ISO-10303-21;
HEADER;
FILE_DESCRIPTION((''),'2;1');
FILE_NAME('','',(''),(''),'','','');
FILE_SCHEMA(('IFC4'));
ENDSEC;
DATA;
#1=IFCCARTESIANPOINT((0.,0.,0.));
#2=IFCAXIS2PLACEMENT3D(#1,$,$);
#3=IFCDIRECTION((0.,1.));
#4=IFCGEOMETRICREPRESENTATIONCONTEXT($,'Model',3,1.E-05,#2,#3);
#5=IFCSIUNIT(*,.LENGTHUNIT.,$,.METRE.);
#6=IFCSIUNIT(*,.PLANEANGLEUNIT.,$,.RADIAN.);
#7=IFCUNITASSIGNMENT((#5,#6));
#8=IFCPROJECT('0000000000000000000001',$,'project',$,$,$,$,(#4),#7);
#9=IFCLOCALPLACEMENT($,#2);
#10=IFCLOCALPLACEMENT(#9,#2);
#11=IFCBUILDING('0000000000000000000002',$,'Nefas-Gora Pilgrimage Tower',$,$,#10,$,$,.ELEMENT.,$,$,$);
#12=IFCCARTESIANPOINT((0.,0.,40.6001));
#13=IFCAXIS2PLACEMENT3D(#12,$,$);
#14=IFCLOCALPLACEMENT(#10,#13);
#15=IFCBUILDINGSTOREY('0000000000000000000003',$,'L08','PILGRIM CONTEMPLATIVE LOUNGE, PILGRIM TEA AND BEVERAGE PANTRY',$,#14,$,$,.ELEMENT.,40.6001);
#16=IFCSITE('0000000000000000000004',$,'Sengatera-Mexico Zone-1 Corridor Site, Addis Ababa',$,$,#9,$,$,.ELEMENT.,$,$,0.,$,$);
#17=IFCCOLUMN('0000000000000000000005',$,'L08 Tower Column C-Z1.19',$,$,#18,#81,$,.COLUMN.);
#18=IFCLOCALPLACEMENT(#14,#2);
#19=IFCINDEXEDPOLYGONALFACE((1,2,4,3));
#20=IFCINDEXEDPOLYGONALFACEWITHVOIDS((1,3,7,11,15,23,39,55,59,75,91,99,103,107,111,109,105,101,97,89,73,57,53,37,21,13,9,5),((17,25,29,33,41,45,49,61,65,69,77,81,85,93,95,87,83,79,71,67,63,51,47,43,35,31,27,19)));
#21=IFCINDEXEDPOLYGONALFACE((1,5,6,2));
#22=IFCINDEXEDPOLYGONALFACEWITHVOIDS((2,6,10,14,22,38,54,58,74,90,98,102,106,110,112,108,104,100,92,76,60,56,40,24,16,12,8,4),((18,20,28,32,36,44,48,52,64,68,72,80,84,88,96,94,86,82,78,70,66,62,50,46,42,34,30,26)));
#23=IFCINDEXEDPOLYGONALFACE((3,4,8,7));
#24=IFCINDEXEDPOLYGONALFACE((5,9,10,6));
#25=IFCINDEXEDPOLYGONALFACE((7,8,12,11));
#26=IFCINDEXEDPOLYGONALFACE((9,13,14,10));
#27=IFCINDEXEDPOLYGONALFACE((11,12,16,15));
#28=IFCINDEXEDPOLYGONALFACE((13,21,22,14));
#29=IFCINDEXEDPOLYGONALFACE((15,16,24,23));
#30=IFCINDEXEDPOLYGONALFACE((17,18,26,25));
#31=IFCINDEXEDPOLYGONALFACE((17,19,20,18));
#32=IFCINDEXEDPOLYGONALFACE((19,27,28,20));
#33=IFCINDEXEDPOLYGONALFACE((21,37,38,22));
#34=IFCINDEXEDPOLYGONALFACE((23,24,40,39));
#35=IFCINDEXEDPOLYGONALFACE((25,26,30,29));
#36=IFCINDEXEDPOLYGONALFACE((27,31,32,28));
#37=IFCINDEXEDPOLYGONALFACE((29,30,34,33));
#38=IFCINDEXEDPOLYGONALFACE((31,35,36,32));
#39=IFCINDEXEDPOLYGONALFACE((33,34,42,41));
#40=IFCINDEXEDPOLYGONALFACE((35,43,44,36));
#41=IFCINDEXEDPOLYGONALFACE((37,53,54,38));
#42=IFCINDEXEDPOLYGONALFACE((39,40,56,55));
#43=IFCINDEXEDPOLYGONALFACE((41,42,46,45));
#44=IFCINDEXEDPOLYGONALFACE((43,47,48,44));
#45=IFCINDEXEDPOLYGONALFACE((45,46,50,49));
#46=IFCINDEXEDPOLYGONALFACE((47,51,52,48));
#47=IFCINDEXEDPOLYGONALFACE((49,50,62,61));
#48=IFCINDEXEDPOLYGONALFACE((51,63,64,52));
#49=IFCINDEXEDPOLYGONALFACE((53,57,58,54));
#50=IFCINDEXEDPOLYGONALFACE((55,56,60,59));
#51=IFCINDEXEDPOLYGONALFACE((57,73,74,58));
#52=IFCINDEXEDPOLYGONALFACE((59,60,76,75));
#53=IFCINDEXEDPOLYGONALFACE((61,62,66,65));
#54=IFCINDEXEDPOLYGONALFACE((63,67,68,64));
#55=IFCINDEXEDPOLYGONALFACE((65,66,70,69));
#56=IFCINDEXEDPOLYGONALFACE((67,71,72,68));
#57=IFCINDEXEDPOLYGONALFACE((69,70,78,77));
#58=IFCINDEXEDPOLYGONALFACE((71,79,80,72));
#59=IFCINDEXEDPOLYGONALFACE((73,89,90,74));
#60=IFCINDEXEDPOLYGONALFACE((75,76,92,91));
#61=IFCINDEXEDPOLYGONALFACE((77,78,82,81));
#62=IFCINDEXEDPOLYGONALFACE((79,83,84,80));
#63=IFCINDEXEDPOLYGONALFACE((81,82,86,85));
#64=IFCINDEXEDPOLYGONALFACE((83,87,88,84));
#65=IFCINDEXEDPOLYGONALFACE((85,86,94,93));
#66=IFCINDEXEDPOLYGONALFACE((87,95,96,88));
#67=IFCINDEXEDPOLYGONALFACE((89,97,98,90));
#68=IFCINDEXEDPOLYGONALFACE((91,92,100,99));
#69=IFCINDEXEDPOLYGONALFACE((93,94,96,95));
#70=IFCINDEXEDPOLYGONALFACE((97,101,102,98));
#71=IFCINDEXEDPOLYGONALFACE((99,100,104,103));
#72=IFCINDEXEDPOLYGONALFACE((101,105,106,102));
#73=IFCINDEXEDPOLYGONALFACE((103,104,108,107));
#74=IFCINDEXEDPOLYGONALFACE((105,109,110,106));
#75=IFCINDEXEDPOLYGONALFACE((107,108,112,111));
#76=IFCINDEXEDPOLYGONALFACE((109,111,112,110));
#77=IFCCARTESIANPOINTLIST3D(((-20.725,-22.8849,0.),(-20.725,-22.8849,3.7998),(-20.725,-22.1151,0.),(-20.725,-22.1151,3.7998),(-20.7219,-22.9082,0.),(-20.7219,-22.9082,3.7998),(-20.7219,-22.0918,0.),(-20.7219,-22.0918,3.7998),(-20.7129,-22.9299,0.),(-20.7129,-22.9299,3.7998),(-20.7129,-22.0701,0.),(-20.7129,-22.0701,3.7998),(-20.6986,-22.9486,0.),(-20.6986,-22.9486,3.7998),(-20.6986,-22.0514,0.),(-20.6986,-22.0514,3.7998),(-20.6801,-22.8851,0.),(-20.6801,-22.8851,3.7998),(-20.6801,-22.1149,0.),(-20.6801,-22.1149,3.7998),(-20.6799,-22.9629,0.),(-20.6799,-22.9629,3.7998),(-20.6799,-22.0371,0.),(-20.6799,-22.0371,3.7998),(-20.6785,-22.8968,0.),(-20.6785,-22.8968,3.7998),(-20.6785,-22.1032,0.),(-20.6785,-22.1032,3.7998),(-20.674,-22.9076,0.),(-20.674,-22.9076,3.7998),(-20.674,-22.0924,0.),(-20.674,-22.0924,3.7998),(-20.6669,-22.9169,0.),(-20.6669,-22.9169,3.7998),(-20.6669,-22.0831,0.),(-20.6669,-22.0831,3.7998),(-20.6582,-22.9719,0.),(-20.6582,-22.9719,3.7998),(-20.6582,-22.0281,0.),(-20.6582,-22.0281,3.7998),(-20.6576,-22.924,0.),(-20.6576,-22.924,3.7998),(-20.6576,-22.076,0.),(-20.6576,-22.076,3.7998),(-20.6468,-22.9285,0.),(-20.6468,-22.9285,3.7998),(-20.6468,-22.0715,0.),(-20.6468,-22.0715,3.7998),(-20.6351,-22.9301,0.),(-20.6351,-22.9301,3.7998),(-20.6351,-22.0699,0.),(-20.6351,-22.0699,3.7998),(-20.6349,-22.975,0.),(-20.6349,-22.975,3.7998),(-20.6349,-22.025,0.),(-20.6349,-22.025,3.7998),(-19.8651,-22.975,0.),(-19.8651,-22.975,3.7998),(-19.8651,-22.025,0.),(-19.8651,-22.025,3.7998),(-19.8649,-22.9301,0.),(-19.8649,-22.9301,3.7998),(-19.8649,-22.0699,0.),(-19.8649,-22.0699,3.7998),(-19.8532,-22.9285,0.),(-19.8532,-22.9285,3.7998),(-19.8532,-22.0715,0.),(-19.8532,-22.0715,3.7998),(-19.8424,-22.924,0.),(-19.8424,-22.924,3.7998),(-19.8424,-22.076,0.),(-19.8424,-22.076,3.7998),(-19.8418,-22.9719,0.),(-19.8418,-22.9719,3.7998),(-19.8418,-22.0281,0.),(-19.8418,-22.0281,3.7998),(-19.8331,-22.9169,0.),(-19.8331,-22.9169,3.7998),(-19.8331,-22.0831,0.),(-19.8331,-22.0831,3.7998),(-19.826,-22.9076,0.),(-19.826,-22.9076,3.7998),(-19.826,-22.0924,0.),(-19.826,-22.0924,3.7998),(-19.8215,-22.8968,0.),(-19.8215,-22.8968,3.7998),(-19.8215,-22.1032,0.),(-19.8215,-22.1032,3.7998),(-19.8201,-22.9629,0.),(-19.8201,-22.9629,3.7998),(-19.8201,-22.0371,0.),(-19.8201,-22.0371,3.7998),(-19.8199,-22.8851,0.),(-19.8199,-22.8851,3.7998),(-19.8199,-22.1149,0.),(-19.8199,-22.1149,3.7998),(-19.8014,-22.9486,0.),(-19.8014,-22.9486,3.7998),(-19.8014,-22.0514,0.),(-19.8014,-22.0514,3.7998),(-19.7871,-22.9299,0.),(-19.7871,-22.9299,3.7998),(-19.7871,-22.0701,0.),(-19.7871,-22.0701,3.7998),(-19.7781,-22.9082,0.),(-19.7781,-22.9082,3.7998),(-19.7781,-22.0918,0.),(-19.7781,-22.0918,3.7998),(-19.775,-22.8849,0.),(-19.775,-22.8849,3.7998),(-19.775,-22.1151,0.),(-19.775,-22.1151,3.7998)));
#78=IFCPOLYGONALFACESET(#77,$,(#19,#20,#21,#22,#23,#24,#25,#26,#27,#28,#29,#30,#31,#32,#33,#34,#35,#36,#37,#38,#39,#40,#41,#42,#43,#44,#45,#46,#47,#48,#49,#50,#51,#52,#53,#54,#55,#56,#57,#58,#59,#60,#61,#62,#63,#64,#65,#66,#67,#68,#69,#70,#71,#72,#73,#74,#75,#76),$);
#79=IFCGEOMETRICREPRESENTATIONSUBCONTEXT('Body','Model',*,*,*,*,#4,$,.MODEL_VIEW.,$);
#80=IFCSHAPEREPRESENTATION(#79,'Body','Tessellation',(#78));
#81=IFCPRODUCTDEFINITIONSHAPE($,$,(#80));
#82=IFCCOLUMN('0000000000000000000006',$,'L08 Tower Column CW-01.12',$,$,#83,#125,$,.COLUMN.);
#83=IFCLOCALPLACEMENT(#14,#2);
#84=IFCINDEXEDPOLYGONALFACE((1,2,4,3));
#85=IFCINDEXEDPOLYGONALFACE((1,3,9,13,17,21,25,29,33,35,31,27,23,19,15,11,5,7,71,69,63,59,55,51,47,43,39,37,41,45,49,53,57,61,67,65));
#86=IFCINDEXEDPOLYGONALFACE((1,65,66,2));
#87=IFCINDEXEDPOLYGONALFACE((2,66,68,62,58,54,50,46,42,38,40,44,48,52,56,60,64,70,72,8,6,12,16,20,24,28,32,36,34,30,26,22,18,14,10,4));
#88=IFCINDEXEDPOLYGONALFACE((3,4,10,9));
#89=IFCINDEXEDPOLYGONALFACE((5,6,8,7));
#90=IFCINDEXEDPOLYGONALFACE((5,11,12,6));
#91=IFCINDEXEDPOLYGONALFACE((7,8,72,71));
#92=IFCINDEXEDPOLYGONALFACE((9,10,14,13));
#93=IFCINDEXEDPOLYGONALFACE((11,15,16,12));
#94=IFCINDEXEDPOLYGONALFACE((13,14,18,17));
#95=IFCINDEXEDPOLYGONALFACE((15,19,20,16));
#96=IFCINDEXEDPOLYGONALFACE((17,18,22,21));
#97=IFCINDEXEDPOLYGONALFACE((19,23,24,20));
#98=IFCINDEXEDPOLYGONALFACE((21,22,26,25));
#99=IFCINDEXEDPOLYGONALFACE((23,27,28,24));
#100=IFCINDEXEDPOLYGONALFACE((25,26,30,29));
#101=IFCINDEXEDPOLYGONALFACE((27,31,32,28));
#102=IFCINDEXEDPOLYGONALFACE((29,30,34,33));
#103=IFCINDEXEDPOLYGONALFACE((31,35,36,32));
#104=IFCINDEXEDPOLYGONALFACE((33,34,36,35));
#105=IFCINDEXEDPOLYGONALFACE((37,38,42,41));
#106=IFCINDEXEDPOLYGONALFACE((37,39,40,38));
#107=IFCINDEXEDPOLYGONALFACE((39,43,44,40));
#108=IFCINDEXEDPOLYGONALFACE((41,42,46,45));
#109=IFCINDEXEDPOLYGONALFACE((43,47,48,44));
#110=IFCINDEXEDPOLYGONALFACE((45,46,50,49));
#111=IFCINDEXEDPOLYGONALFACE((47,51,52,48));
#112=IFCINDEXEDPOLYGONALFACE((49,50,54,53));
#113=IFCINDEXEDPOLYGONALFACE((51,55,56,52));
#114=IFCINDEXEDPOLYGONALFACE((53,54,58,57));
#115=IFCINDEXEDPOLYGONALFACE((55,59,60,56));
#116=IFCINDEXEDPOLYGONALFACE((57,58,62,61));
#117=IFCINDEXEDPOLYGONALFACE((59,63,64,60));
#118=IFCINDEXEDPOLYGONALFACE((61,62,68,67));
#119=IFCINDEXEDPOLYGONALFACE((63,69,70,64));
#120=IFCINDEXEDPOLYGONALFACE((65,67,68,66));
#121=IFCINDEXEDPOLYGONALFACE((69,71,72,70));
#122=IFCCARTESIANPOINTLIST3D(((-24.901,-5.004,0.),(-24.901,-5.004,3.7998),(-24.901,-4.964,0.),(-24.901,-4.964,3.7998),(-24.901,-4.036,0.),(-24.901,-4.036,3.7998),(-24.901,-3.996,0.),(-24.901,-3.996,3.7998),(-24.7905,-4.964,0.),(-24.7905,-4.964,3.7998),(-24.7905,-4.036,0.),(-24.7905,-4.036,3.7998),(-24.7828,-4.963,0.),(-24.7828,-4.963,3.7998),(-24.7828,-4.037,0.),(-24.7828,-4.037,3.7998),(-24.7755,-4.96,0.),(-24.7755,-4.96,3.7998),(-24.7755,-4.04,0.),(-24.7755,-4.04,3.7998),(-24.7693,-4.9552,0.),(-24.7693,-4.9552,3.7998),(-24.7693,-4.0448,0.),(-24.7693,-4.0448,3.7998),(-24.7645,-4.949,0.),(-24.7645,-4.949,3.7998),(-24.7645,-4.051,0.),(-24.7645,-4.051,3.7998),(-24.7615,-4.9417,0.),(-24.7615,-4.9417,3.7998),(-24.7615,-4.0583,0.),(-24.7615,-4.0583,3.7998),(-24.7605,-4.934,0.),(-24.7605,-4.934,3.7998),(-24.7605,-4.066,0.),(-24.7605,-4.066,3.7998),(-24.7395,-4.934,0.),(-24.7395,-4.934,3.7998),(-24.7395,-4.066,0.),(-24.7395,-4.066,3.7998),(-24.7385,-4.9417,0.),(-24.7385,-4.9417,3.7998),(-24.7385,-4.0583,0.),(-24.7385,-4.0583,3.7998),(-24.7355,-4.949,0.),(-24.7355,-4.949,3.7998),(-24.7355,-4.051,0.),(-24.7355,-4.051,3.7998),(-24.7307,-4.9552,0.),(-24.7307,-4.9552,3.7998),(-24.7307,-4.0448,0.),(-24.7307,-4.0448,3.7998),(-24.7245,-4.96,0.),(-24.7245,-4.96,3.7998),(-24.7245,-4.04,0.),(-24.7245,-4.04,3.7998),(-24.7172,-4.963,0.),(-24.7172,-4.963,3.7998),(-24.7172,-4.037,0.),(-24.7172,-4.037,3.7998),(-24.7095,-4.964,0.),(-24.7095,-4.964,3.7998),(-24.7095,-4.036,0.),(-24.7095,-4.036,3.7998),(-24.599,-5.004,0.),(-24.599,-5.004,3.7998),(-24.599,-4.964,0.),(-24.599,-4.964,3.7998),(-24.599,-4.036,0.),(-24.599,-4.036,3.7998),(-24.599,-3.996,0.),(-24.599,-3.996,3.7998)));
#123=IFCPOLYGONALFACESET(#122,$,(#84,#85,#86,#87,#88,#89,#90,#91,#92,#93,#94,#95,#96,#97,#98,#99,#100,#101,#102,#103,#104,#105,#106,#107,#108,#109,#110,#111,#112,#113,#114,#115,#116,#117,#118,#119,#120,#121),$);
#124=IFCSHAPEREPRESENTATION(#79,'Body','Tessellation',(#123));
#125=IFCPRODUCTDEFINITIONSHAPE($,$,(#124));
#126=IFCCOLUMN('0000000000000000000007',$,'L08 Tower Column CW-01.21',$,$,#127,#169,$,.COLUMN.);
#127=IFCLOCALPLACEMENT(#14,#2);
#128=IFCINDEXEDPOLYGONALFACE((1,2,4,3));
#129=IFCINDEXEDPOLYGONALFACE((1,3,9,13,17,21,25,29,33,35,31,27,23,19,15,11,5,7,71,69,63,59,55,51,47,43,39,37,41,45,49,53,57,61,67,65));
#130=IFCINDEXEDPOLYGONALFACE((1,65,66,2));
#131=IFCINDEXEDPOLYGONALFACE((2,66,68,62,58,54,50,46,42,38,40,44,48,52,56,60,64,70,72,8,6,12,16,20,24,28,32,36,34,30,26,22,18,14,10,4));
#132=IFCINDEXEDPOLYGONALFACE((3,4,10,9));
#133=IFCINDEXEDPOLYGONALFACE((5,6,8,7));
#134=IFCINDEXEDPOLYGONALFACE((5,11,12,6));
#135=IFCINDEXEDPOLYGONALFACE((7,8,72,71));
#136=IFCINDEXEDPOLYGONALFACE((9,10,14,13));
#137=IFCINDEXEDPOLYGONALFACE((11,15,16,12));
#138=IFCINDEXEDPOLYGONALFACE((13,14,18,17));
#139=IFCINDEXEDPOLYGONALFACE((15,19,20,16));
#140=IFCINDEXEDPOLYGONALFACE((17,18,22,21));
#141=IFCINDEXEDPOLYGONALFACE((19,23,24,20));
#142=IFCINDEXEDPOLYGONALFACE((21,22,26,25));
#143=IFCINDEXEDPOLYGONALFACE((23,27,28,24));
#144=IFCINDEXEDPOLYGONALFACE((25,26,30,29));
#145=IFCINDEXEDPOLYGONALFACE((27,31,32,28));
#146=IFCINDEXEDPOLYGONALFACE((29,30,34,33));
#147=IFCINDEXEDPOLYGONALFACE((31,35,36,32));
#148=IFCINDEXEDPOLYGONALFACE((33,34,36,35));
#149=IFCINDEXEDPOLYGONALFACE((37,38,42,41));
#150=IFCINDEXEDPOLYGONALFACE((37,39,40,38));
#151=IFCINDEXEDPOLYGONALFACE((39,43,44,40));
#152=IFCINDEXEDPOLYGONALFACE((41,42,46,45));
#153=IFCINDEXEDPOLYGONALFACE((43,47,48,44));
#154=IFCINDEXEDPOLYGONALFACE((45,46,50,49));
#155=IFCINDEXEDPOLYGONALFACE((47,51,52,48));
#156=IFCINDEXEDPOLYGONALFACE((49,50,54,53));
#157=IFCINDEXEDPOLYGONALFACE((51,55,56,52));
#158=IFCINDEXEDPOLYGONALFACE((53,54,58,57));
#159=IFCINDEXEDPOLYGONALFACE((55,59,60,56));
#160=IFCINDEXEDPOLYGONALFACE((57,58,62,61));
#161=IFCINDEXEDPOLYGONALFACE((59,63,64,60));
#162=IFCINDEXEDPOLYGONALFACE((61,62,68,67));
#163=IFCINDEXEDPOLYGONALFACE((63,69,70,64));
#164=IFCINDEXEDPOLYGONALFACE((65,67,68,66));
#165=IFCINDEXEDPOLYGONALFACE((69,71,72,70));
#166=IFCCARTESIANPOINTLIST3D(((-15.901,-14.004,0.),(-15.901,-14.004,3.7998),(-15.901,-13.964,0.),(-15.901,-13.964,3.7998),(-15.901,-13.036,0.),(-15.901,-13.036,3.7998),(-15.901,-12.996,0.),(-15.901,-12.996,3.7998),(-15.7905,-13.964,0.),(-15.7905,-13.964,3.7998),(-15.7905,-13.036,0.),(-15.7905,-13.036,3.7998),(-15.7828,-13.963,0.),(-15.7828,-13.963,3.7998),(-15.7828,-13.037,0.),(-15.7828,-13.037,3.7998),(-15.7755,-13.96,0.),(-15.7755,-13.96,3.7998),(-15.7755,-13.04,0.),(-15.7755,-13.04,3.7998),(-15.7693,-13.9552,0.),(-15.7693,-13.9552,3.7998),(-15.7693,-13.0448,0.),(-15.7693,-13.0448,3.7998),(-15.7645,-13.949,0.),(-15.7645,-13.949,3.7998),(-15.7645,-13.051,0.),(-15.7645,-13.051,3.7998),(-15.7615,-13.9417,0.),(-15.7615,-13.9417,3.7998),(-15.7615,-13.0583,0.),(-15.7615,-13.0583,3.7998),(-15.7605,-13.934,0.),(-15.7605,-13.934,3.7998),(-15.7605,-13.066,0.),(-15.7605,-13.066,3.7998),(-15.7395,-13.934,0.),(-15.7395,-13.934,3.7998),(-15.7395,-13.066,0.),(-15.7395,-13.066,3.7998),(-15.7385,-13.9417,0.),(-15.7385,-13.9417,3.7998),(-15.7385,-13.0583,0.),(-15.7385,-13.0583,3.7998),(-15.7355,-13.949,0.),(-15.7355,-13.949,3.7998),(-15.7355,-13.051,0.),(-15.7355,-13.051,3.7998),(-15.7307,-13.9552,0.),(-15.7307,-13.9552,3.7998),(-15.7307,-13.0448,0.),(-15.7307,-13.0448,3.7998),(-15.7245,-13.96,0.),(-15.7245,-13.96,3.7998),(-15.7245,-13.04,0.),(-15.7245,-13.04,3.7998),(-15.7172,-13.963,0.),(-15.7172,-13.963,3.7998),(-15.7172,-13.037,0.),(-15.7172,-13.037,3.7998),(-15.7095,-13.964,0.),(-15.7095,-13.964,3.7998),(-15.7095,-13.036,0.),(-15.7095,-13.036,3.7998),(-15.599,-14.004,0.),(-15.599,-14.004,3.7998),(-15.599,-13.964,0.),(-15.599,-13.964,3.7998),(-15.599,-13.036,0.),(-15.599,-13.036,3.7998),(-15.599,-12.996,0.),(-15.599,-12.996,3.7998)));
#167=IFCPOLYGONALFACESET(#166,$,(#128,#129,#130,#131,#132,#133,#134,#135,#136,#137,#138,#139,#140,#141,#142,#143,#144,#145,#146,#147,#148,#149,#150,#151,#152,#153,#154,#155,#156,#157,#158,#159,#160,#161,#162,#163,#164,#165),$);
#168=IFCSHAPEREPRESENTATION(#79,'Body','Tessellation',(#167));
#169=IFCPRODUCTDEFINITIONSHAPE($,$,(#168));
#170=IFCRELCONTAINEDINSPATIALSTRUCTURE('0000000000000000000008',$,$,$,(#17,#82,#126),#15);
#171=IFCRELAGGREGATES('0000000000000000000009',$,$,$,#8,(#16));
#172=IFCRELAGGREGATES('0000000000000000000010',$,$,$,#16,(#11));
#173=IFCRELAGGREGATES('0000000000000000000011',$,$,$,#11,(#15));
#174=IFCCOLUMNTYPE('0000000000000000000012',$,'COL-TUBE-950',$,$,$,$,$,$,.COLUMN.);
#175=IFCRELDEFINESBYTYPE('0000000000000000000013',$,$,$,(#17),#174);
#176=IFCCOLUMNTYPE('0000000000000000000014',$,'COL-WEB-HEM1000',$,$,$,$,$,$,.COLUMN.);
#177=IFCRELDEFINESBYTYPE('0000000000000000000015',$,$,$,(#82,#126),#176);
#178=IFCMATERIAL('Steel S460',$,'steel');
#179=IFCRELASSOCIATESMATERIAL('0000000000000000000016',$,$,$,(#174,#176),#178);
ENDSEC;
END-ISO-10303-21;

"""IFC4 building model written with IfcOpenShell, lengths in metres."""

from ifc_helpers import new_model, si_unit, direction, frame, origin, origin_2d, place, context, subcontext, project, spatial, hollow_rectangle, i_section, extrude, source, transform, mapped, material, material_profile, profile_set, type_object, element, save


model = new_model("IFC4")

# Units and contexts
model_context = context("Model", 3, precision=1e-05, world=origin(), true_north=direction((0.0, 1.0)))
body_context = subcontext(model_context, "Body", "Model", "MODEL_VIEW")
ifc_project = project(units=[si_unit("LENGTHUNIT", "METRE"), si_unit("PLANEANGLEUNIT", "RADIAN")], contexts=[model_context])

# Site, building, storey
site_placement = place(None, origin())
site = spatial("IfcSite", under=ifc_project, at=site_placement, Name="Sengatera-Mexico Zone-1 Corridor Site, Addis Ababa", CompositionType="ELEMENT", RefElevation=0.0)
building_placement = place(site_placement, origin())
building = spatial("IfcBuilding", under=site, at=building_placement, Name="Nefas-Gora Pilgrimage Tower", CompositionType="ELEMENT")
storey_placement = place(building_placement, frame((0.0, 0.0, 40.6001)))
storey = spatial("IfcBuildingStorey", under=building, at=storey_placement, Name="L08", Description="PILGRIM CONTEMPLATIVE LOUNGE, PILGRIM TEA AND BEVERAGE PANTRY", CompositionType="ELEMENT", Elevation=40.6001)

# Columns
ifc_material_1 = material(Name="Steel S460", Category="steel")
ifc_material_profile_1 = material_profile(ifc_material_1, hollow_rectangle(XDim=0.95, YDim=0.95, WallThickness=0.0449, InnerFilletRadius=0.0449, OuterFilletRadius=0.0901, at=origin_2d()), Name="BOX 950x950x45")
ifc_profile_set_1 = profile_set([ifc_material_profile_1], Name="Steel S460")
column_type_1 = type_object("IfcColumnType", Name="COL-TUBE-950", PredefinedType="COLUMN", material=ifc_profile_set_1)
shared_shape_1 = source(origin(), body_context, "Body", "SweptSolid", [
    extrude(hollow_rectangle(XDim=0.95, YDim=0.95, WallThickness=0.0449, InnerFilletRadius=0.0449, OuterFilletRadius=0.0901, at=origin_2d()), origin(), (0.0, 0.0, 1.0), 3.7998),
])
column_1_placement = place(storey_placement, frame((-20.25, -22.5, 0.0), z_axis=(0.0, 0.0, 1.0), x_axis=(1.0, 0.0, 0.0)))
element("IfcColumn", 1, at=column_1_placement, inside=storey, type_object=column_type_1, Name="L08 Tower Column C-Z1.19", PredefinedType="COLUMN", context=body_context, shape_type="MappedRepresentation", body=[
    mapped(shared_shape_1, transform((0.0, 0.0, 0.0), x_axis=(1.0, 0.0, 0.0), y_axis=(0.0, 1.0, 0.0), z_axis=(0.0, 0.0, 1.0), scale=1.0)),
])
ifc_material_profile_2 = material_profile(ifc_material_1, i_section(OverallWidth=0.302, OverallDepth=1.0081, WebThickness=0.021, FlangeThickness=0.04, FilletRadius=0.03, at=origin_2d()), Name="HEM 1000")
ifc_profile_set_2 = profile_set([ifc_material_profile_2], Name="Steel S460")
column_type_2 = type_object("IfcColumnType", Name="COL-WEB-HEM1000", PredefinedType="COLUMN", material=ifc_profile_set_2)
shared_shape_2 = source(origin(), body_context, "Body", "SweptSolid", [
    extrude(i_section(OverallWidth=0.302, OverallDepth=1.0081, WebThickness=0.021, FlangeThickness=0.04, FilletRadius=0.03, at=origin_2d()), origin(), (0.0, 0.0, 1.0), 3.7998),
])
for number, where, z_axis, x_axis, name in (
    (2, (-24.75, -4.5, 0.0), (0.0, 0.0, 1.0), (1.0, 0.0, 0.0), "L08 Tower Column CW-01.12"),
    (3, (-15.75, -13.5, 0.0), (0.0, 0.0, 1.0), (1.0, 0.0, 0.0), "L08 Tower Column CW-01.21"),
):
    element("IfcColumn", number, at=place(storey_placement, frame(where, z_axis=z_axis, x_axis=x_axis)), inside=storey, type_object=column_type_2, Name=name, PredefinedType="COLUMN", context=body_context, shape_type="MappedRepresentation", body=[
        mapped(shared_shape_2, transform((0.0, 0.0, 0.0), x_axis=(1.0, 0.0, 0.0), y_axis=(0.0, 1.0, 0.0), z_axis=(0.0, 0.0, 1.0), scale=1.0)),
    ])

save(model, "model.ifc")
